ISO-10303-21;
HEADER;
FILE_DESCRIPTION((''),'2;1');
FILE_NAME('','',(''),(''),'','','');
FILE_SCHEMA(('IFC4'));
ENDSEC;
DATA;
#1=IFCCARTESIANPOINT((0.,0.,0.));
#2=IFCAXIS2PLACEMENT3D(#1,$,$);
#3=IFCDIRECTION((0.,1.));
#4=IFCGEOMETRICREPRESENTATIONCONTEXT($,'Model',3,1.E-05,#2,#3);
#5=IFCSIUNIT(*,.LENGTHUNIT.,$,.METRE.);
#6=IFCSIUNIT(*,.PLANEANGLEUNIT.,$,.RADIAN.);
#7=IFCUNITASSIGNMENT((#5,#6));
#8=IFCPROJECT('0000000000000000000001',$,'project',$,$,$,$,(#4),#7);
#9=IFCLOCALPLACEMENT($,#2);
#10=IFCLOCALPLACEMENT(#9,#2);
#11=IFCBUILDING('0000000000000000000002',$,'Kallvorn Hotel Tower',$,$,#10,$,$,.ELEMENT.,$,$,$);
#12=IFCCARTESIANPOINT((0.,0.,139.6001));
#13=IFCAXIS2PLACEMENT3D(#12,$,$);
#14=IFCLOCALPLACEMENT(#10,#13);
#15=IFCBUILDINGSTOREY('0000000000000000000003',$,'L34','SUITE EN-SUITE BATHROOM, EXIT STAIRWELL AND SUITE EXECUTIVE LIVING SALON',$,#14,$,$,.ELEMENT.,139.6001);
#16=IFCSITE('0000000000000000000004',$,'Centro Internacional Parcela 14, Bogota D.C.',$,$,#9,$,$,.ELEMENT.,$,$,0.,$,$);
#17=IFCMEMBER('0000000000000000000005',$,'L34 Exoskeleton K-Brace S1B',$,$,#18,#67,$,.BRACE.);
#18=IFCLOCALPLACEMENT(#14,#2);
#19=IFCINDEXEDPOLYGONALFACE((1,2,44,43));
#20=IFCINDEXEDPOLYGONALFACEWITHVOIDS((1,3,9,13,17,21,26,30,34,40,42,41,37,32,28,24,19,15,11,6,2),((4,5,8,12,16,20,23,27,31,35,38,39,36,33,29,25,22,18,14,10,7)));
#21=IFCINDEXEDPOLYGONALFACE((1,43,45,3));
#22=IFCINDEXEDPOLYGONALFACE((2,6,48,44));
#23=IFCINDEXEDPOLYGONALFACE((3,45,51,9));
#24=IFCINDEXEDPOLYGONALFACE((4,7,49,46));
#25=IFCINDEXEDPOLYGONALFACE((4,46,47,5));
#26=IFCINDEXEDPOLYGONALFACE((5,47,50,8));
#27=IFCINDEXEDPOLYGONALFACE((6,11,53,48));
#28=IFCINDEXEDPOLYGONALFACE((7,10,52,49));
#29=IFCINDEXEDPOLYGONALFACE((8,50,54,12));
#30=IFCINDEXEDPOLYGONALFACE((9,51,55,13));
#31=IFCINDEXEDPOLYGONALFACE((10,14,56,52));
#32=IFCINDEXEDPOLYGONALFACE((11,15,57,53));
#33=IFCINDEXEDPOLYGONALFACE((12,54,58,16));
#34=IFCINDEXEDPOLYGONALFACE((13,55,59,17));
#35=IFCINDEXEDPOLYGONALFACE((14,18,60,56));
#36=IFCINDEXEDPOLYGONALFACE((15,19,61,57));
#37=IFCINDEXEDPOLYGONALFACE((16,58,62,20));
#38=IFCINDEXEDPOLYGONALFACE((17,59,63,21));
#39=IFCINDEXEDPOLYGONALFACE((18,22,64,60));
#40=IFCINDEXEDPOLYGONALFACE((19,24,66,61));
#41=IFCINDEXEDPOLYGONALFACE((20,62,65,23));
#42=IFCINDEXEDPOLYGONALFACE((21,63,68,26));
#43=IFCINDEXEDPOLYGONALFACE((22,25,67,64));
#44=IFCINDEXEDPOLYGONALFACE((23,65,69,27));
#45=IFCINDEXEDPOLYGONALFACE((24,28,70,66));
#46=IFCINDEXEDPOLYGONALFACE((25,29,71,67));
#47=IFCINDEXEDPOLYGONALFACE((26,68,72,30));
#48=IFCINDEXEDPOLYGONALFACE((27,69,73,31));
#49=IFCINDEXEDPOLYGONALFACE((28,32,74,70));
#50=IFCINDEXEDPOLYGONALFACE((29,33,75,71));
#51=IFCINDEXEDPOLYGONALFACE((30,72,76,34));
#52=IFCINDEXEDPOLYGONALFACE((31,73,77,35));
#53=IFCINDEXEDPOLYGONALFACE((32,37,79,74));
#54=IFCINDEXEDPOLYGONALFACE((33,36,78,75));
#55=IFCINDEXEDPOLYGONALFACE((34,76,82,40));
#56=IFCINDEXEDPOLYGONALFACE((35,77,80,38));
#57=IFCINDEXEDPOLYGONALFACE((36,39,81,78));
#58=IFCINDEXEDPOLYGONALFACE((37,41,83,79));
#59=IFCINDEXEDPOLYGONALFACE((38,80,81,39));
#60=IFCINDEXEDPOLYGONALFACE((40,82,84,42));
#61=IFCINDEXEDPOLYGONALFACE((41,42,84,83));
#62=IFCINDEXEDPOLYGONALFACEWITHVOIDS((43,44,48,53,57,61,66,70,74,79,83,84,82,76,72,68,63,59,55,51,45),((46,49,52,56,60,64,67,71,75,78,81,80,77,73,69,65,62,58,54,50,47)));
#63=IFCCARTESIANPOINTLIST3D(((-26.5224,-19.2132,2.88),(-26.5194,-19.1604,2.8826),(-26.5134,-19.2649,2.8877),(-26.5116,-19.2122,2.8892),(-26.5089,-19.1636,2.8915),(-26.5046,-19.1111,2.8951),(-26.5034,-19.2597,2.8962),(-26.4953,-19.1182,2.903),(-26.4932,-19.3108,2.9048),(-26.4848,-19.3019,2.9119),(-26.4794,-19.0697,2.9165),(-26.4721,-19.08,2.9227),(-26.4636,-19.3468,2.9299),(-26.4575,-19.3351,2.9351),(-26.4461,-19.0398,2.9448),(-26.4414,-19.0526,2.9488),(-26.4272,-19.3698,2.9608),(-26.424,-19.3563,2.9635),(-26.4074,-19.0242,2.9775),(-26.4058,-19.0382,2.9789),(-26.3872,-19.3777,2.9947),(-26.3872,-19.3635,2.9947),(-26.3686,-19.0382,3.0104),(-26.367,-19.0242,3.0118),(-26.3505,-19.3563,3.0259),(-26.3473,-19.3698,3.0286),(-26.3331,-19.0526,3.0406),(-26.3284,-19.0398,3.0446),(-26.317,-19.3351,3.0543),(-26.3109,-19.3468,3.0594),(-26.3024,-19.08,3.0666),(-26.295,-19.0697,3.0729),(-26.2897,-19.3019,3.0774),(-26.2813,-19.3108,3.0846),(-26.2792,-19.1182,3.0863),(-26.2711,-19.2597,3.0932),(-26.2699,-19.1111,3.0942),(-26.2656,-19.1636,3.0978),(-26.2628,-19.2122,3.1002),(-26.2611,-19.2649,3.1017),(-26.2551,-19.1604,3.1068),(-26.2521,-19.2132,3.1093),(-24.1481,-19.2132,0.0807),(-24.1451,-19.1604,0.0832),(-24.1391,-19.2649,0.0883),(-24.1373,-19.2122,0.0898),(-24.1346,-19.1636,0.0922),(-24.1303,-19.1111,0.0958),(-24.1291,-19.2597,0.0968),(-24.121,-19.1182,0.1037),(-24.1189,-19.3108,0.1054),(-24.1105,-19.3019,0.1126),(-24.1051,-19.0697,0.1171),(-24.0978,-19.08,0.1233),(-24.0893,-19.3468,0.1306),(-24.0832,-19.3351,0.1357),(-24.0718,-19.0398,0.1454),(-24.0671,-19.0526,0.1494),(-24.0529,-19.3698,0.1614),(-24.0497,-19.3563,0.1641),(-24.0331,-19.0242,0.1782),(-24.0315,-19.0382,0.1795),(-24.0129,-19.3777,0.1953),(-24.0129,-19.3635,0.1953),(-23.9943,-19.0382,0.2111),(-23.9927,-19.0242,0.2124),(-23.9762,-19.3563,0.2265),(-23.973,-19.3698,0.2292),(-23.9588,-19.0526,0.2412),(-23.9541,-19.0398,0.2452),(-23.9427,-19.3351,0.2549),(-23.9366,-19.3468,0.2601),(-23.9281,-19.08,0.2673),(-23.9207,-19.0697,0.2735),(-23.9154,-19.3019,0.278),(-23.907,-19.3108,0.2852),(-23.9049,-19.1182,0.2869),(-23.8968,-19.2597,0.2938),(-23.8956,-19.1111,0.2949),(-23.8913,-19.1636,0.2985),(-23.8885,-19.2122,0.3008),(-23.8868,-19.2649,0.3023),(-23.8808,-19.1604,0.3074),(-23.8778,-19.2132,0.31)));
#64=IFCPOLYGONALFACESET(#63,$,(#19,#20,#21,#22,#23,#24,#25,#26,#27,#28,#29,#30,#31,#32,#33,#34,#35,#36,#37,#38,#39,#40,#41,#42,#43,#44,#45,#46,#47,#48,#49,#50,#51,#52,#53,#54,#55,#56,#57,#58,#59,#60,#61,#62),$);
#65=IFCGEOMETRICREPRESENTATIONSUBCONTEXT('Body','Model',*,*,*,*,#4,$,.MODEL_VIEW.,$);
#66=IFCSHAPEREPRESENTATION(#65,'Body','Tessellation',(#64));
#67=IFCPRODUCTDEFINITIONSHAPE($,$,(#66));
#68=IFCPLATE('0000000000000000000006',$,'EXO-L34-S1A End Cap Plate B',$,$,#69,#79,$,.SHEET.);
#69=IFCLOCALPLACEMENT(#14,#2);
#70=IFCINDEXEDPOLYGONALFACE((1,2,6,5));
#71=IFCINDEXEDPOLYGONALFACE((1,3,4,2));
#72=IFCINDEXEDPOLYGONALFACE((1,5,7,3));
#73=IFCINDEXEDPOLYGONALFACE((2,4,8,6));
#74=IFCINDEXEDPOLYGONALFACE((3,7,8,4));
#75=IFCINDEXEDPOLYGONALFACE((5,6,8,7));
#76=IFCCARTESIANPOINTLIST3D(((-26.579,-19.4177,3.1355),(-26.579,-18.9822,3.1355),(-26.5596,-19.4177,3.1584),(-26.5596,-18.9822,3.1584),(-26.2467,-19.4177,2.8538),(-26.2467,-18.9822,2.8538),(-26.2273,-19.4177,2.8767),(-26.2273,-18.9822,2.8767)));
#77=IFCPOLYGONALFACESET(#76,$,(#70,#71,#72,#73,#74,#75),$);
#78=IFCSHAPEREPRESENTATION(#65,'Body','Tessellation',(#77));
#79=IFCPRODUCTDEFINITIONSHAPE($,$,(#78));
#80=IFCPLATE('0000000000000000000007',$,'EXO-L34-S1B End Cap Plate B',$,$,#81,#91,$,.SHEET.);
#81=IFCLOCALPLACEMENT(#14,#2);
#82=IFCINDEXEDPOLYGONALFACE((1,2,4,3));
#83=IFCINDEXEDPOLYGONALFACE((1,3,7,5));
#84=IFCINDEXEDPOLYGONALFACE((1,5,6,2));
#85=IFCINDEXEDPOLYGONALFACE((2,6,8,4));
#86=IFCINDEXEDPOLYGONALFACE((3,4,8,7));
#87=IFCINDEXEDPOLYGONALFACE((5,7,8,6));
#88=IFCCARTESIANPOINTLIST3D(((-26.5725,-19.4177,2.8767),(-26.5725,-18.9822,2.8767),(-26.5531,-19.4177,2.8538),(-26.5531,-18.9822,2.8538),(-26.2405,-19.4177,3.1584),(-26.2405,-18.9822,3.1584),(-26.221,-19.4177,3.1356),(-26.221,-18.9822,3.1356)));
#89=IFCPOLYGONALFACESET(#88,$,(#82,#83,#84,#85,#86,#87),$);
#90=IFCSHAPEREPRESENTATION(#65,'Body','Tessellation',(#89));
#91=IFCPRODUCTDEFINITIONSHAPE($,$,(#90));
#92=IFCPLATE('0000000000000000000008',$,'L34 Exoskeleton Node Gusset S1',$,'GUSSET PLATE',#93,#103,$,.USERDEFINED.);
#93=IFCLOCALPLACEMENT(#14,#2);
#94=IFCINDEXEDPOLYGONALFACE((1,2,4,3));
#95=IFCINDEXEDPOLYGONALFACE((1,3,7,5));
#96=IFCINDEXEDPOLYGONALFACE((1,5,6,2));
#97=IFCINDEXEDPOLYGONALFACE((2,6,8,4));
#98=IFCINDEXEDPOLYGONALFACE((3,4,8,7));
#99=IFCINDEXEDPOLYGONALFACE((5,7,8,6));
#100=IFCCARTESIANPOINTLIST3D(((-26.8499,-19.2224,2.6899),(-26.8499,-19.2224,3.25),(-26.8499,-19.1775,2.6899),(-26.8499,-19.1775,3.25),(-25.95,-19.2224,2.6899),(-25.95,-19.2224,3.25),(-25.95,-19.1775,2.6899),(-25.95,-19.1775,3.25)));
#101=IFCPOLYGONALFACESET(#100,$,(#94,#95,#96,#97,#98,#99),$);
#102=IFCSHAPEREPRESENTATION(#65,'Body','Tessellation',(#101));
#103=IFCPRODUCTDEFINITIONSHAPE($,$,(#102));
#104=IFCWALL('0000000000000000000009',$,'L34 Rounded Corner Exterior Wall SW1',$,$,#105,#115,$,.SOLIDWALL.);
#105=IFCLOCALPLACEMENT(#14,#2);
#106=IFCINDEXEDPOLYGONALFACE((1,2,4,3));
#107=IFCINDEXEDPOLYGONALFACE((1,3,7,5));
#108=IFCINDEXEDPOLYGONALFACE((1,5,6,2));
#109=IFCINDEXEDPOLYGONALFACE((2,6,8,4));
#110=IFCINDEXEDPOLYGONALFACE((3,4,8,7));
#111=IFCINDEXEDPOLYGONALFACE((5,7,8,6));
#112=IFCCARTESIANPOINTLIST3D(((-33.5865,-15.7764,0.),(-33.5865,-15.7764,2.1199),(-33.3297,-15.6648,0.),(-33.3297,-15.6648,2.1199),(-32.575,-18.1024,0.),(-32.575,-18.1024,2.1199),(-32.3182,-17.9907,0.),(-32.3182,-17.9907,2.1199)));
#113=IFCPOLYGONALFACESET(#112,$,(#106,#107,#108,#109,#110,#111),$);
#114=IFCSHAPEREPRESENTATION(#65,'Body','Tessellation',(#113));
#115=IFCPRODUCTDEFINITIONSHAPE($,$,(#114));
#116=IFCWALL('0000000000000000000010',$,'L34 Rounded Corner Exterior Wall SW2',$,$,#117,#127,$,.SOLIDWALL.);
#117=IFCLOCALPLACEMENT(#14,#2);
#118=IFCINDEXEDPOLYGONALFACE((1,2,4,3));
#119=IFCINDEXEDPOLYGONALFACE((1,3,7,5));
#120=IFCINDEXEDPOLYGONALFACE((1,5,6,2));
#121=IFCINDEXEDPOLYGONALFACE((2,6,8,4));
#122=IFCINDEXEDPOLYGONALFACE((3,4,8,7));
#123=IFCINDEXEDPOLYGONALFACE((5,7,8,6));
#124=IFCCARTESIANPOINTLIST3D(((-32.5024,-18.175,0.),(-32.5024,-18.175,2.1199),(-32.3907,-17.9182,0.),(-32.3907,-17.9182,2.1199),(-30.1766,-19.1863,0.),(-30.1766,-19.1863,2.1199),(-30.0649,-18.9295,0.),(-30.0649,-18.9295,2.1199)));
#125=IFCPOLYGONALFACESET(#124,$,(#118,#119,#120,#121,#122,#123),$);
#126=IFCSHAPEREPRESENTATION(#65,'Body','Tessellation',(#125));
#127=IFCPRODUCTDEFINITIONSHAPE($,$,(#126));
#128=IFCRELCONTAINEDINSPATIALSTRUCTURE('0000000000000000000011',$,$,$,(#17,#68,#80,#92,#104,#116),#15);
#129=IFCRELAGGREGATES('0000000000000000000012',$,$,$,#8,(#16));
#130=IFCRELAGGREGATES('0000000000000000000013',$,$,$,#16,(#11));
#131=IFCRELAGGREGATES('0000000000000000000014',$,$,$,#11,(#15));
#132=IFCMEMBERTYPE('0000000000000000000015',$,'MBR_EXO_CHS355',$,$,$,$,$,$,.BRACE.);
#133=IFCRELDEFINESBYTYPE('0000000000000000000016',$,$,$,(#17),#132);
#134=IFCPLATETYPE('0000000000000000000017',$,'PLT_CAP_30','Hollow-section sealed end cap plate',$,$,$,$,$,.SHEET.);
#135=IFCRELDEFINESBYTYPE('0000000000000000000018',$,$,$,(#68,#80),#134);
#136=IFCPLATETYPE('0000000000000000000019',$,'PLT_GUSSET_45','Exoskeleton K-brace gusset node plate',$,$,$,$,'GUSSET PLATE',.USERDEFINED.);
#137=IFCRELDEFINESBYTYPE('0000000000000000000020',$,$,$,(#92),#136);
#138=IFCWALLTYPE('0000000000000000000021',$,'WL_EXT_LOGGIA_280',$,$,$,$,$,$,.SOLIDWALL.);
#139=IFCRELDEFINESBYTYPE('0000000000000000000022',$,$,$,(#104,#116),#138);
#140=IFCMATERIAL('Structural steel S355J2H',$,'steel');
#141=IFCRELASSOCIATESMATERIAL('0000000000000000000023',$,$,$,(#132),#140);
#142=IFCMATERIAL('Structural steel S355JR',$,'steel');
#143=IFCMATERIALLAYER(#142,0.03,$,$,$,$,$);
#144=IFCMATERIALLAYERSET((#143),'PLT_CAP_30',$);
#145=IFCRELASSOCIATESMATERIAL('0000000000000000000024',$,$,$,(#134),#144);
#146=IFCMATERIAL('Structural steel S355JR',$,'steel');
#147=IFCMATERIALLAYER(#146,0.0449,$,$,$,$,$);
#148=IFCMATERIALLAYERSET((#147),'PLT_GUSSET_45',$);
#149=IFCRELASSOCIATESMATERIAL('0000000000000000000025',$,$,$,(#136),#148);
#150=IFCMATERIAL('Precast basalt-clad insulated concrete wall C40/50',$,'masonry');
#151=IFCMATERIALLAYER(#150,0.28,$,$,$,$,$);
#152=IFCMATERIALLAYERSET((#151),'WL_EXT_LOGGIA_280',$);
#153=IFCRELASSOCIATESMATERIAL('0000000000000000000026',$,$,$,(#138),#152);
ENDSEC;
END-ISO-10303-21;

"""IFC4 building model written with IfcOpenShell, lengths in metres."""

from ifc_helpers import new_model, si_unit, direction, frame, frame_2d, origin, origin_2d, place, context, subcontext, project, spatial, polyline, rectangle, hollow_circle, outline, extrude, material, layer, layer_set, material_profile, profile_set, type_object, element, save


model = new_model("IFC4")

# Units and contexts
model_context = context("Model", 3, precision=1e-05, world=origin(), true_north=direction((0.0, 1.0)))
body_context = subcontext(model_context, "Body", "Model", "MODEL_VIEW")
ifc_project = project(units=[si_unit("LENGTHUNIT", "METRE"), si_unit("PLANEANGLEUNIT", "RADIAN")], contexts=[model_context])

# Site, building, storey
site_placement = place(None, origin())
site = spatial("IfcSite", under=ifc_project, at=site_placement, Name="Centro Internacional Parcela 14, Bogota D.C.", CompositionType="ELEMENT", RefElevation=0.0)
building_placement = place(site_placement, origin())
building = spatial("IfcBuilding", under=site, at=building_placement, Name="Kallvorn Hotel Tower", CompositionType="ELEMENT")
storey_placement = place(building_placement, frame((0.0, 0.0, 139.6001)))
storey = spatial("IfcBuildingStorey", under=building, at=storey_placement, Name="L34", Description="SUITE EN-SUITE BATHROOM, EXIT STAIRWELL AND SUITE EXECUTIVE LIVING SALON", CompositionType="ELEMENT", Elevation=139.6001)

# Member
ifc_material_1 = material(Name="Structural steel S355J2H", Category="steel")
ifc_material_profile_1 = material_profile(ifc_material_1, hollow_circle(Radius=0.1777, WallThickness=0.0142, at=origin_2d()), Name="CHS 355.6x14.2")
ifc_profile_set_1 = profile_set([ifc_material_profile_1], Name="Structural steel S355J2H")
member_type = type_object("IfcMemberType", Name="MBR_EXO_CHS355", PredefinedType="BRACE", material=ifc_profile_set_1)
for number, where, z_axis, x_axis, name in (
    (1, (-24.0129, -19.2, 0.1953), (-0.646833, 0.0, 0.762631), (0.0, -1.0, 0.0), "L34 Exoskeleton K-Brace S1B"),
):
    element("IfcMember", number, at=place(storey_placement, frame(where, z_axis=z_axis, x_axis=x_axis)), inside=storey, type_object=member_type, Name=name, PredefinedType="BRACE", context=body_context, shape_type="SweptSolid", body=[
        extrude(hollow_circle(Radius=0.1777, WallThickness=0.0142, at=origin_2d()), origin(), (0.0, 0.0, 1.0), 3.6707),
    ])

# Plates
ifc_material_2 = material(Name="Structural steel S355JR", Category="steel")
ifc_layer_1 = layer(ifc_material_2, 0.03)
ifc_layer_set_1 = layer_set([ifc_layer_1], Name="PLT_CAP_30")
plate_type_1 = type_object("IfcPlateType", Name="PLT_CAP_30", Description="Hollow-section sealed end cap plate", PredefinedType="SHEET", material=ifc_layer_set_1)
plate_1_placement = place(storey_placement, frame((-26.2273, -19.4177, 2.8767), z_axis=(0.646721, 0.0, 0.762727), x_axis=(0.0, 1.0, 0.0)))
element("IfcPlate", 2, at=plate_1_placement, inside=storey, type_object=plate_type_1, Name="EXO-L34-S1A End Cap Plate B", PredefinedType="SHEET", context=body_context, shape_type="SweptSolid", body=[
    extrude(outline(polyline([(0.0, 0.0), (0.4355, 0.0), (0.4355, 0.4356), (0.0, 0.4356), (0.0, 0.0)])), origin(), (0.0, 0.0, -1.0), 0.03),
])
plate_2_placement = place(storey_placement, frame((-26.5725, -18.9822, 2.8767), z_axis=(-0.646997, 0.0, 0.762492), x_axis=(0.0, -1.0, 0.0)))
element("IfcPlate", 3, at=plate_2_placement, inside=storey, type_object=plate_type_1, Name="EXO-L34-S1B End Cap Plate B", PredefinedType="SHEET", context=body_context, shape_type="SweptSolid", body=[
    extrude(outline(polyline([(0.0, 0.0), (0.4355, 0.0), (0.4355, 0.4355), (0.0, 0.4355), (0.0, 0.0)])), origin(), (0.0, 0.0, -1.0), 0.03),
])
ifc_material_3 = material(Name="Structural steel S355JR", Category="steel")
ifc_layer_2 = layer(ifc_material_3, 0.0449)
ifc_layer_set_2 = layer_set([ifc_layer_2], Name="PLT_GUSSET_45")
plate_type_2 = type_object("IfcPlateType", Name="PLT_GUSSET_45", Description="Exoskeleton K-brace gusset node plate", ElementType="GUSSET PLATE", PredefinedType="USERDEFINED", material=ifc_layer_set_2)
plate_3_placement = place(storey_placement, frame((-26.3999, -19.2, 2.6899), z_axis=(0.0, 0.0, 1.0), x_axis=(1.0, 0.0, 0.0)))
element("IfcPlate", 4, at=plate_3_placement, inside=storey, type_object=plate_type_2, Name="L34 Exoskeleton Node Gusset S1", ObjectType="GUSSET PLATE", PredefinedType="USERDEFINED", context=body_context, shape_type="SweptSolid", body=[
    extrude(rectangle(XDim=0.8999, YDim=0.0449, at=origin_2d()), origin(), (0.0, 0.0, 1.0), 0.5601),
])

# Walls
ifc_material_4 = material(Name="Precast basalt-clad insulated concrete wall C40/50", Category="masonry")
ifc_layer_3 = layer(ifc_material_4, 0.28)
ifc_layer_set_3 = layer_set([ifc_layer_3], Name="WL_EXT_LOGGIA_280")
wall_type_1 = type_object("IfcWallType", Name="WL_EXT_LOGGIA_280", PredefinedType="SOLIDWALL", material=ifc_layer_set_3)
wall_1_placement = place(storey_placement, frame((-33.458, -15.7207, 0.0), z_axis=(0.0, 0.0, 1.0), x_axis=(0.398793, -0.917041, 0.0)))
element("IfcWall", 5, at=wall_1_placement, inside=storey, type_object=wall_type_1, Name="L34 Rounded Corner Exterior Wall SW1", PredefinedType="SOLIDWALL", context=body_context, shape_type="SweptSolid", body=[
    extrude(rectangle(XDim=2.5364, YDim=0.28, at=frame_2d((1.2681, 0.0))), origin(), (0.0, 0.0, 1.0), 2.1199),
])
wall_2_placement = place(storey_placement, frame((-32.4465, -18.0466, 0.0), z_axis=(0.0, 0.0, 1.0), x_axis=(0.917061, -0.398747, 0.0)))
element("IfcWall", 6, at=wall_2_placement, inside=storey, type_object=wall_type_1, Name="L34 Rounded Corner Exterior Wall SW2", PredefinedType="SOLIDWALL", context=body_context, shape_type="SweptSolid", body=[
    extrude(rectangle(XDim=2.5361, YDim=0.28, at=frame_2d((1.2681, 0.0))), origin(), (0.0, 0.0, 1.0), 2.1199),
])

save(model, "model.ifc")
